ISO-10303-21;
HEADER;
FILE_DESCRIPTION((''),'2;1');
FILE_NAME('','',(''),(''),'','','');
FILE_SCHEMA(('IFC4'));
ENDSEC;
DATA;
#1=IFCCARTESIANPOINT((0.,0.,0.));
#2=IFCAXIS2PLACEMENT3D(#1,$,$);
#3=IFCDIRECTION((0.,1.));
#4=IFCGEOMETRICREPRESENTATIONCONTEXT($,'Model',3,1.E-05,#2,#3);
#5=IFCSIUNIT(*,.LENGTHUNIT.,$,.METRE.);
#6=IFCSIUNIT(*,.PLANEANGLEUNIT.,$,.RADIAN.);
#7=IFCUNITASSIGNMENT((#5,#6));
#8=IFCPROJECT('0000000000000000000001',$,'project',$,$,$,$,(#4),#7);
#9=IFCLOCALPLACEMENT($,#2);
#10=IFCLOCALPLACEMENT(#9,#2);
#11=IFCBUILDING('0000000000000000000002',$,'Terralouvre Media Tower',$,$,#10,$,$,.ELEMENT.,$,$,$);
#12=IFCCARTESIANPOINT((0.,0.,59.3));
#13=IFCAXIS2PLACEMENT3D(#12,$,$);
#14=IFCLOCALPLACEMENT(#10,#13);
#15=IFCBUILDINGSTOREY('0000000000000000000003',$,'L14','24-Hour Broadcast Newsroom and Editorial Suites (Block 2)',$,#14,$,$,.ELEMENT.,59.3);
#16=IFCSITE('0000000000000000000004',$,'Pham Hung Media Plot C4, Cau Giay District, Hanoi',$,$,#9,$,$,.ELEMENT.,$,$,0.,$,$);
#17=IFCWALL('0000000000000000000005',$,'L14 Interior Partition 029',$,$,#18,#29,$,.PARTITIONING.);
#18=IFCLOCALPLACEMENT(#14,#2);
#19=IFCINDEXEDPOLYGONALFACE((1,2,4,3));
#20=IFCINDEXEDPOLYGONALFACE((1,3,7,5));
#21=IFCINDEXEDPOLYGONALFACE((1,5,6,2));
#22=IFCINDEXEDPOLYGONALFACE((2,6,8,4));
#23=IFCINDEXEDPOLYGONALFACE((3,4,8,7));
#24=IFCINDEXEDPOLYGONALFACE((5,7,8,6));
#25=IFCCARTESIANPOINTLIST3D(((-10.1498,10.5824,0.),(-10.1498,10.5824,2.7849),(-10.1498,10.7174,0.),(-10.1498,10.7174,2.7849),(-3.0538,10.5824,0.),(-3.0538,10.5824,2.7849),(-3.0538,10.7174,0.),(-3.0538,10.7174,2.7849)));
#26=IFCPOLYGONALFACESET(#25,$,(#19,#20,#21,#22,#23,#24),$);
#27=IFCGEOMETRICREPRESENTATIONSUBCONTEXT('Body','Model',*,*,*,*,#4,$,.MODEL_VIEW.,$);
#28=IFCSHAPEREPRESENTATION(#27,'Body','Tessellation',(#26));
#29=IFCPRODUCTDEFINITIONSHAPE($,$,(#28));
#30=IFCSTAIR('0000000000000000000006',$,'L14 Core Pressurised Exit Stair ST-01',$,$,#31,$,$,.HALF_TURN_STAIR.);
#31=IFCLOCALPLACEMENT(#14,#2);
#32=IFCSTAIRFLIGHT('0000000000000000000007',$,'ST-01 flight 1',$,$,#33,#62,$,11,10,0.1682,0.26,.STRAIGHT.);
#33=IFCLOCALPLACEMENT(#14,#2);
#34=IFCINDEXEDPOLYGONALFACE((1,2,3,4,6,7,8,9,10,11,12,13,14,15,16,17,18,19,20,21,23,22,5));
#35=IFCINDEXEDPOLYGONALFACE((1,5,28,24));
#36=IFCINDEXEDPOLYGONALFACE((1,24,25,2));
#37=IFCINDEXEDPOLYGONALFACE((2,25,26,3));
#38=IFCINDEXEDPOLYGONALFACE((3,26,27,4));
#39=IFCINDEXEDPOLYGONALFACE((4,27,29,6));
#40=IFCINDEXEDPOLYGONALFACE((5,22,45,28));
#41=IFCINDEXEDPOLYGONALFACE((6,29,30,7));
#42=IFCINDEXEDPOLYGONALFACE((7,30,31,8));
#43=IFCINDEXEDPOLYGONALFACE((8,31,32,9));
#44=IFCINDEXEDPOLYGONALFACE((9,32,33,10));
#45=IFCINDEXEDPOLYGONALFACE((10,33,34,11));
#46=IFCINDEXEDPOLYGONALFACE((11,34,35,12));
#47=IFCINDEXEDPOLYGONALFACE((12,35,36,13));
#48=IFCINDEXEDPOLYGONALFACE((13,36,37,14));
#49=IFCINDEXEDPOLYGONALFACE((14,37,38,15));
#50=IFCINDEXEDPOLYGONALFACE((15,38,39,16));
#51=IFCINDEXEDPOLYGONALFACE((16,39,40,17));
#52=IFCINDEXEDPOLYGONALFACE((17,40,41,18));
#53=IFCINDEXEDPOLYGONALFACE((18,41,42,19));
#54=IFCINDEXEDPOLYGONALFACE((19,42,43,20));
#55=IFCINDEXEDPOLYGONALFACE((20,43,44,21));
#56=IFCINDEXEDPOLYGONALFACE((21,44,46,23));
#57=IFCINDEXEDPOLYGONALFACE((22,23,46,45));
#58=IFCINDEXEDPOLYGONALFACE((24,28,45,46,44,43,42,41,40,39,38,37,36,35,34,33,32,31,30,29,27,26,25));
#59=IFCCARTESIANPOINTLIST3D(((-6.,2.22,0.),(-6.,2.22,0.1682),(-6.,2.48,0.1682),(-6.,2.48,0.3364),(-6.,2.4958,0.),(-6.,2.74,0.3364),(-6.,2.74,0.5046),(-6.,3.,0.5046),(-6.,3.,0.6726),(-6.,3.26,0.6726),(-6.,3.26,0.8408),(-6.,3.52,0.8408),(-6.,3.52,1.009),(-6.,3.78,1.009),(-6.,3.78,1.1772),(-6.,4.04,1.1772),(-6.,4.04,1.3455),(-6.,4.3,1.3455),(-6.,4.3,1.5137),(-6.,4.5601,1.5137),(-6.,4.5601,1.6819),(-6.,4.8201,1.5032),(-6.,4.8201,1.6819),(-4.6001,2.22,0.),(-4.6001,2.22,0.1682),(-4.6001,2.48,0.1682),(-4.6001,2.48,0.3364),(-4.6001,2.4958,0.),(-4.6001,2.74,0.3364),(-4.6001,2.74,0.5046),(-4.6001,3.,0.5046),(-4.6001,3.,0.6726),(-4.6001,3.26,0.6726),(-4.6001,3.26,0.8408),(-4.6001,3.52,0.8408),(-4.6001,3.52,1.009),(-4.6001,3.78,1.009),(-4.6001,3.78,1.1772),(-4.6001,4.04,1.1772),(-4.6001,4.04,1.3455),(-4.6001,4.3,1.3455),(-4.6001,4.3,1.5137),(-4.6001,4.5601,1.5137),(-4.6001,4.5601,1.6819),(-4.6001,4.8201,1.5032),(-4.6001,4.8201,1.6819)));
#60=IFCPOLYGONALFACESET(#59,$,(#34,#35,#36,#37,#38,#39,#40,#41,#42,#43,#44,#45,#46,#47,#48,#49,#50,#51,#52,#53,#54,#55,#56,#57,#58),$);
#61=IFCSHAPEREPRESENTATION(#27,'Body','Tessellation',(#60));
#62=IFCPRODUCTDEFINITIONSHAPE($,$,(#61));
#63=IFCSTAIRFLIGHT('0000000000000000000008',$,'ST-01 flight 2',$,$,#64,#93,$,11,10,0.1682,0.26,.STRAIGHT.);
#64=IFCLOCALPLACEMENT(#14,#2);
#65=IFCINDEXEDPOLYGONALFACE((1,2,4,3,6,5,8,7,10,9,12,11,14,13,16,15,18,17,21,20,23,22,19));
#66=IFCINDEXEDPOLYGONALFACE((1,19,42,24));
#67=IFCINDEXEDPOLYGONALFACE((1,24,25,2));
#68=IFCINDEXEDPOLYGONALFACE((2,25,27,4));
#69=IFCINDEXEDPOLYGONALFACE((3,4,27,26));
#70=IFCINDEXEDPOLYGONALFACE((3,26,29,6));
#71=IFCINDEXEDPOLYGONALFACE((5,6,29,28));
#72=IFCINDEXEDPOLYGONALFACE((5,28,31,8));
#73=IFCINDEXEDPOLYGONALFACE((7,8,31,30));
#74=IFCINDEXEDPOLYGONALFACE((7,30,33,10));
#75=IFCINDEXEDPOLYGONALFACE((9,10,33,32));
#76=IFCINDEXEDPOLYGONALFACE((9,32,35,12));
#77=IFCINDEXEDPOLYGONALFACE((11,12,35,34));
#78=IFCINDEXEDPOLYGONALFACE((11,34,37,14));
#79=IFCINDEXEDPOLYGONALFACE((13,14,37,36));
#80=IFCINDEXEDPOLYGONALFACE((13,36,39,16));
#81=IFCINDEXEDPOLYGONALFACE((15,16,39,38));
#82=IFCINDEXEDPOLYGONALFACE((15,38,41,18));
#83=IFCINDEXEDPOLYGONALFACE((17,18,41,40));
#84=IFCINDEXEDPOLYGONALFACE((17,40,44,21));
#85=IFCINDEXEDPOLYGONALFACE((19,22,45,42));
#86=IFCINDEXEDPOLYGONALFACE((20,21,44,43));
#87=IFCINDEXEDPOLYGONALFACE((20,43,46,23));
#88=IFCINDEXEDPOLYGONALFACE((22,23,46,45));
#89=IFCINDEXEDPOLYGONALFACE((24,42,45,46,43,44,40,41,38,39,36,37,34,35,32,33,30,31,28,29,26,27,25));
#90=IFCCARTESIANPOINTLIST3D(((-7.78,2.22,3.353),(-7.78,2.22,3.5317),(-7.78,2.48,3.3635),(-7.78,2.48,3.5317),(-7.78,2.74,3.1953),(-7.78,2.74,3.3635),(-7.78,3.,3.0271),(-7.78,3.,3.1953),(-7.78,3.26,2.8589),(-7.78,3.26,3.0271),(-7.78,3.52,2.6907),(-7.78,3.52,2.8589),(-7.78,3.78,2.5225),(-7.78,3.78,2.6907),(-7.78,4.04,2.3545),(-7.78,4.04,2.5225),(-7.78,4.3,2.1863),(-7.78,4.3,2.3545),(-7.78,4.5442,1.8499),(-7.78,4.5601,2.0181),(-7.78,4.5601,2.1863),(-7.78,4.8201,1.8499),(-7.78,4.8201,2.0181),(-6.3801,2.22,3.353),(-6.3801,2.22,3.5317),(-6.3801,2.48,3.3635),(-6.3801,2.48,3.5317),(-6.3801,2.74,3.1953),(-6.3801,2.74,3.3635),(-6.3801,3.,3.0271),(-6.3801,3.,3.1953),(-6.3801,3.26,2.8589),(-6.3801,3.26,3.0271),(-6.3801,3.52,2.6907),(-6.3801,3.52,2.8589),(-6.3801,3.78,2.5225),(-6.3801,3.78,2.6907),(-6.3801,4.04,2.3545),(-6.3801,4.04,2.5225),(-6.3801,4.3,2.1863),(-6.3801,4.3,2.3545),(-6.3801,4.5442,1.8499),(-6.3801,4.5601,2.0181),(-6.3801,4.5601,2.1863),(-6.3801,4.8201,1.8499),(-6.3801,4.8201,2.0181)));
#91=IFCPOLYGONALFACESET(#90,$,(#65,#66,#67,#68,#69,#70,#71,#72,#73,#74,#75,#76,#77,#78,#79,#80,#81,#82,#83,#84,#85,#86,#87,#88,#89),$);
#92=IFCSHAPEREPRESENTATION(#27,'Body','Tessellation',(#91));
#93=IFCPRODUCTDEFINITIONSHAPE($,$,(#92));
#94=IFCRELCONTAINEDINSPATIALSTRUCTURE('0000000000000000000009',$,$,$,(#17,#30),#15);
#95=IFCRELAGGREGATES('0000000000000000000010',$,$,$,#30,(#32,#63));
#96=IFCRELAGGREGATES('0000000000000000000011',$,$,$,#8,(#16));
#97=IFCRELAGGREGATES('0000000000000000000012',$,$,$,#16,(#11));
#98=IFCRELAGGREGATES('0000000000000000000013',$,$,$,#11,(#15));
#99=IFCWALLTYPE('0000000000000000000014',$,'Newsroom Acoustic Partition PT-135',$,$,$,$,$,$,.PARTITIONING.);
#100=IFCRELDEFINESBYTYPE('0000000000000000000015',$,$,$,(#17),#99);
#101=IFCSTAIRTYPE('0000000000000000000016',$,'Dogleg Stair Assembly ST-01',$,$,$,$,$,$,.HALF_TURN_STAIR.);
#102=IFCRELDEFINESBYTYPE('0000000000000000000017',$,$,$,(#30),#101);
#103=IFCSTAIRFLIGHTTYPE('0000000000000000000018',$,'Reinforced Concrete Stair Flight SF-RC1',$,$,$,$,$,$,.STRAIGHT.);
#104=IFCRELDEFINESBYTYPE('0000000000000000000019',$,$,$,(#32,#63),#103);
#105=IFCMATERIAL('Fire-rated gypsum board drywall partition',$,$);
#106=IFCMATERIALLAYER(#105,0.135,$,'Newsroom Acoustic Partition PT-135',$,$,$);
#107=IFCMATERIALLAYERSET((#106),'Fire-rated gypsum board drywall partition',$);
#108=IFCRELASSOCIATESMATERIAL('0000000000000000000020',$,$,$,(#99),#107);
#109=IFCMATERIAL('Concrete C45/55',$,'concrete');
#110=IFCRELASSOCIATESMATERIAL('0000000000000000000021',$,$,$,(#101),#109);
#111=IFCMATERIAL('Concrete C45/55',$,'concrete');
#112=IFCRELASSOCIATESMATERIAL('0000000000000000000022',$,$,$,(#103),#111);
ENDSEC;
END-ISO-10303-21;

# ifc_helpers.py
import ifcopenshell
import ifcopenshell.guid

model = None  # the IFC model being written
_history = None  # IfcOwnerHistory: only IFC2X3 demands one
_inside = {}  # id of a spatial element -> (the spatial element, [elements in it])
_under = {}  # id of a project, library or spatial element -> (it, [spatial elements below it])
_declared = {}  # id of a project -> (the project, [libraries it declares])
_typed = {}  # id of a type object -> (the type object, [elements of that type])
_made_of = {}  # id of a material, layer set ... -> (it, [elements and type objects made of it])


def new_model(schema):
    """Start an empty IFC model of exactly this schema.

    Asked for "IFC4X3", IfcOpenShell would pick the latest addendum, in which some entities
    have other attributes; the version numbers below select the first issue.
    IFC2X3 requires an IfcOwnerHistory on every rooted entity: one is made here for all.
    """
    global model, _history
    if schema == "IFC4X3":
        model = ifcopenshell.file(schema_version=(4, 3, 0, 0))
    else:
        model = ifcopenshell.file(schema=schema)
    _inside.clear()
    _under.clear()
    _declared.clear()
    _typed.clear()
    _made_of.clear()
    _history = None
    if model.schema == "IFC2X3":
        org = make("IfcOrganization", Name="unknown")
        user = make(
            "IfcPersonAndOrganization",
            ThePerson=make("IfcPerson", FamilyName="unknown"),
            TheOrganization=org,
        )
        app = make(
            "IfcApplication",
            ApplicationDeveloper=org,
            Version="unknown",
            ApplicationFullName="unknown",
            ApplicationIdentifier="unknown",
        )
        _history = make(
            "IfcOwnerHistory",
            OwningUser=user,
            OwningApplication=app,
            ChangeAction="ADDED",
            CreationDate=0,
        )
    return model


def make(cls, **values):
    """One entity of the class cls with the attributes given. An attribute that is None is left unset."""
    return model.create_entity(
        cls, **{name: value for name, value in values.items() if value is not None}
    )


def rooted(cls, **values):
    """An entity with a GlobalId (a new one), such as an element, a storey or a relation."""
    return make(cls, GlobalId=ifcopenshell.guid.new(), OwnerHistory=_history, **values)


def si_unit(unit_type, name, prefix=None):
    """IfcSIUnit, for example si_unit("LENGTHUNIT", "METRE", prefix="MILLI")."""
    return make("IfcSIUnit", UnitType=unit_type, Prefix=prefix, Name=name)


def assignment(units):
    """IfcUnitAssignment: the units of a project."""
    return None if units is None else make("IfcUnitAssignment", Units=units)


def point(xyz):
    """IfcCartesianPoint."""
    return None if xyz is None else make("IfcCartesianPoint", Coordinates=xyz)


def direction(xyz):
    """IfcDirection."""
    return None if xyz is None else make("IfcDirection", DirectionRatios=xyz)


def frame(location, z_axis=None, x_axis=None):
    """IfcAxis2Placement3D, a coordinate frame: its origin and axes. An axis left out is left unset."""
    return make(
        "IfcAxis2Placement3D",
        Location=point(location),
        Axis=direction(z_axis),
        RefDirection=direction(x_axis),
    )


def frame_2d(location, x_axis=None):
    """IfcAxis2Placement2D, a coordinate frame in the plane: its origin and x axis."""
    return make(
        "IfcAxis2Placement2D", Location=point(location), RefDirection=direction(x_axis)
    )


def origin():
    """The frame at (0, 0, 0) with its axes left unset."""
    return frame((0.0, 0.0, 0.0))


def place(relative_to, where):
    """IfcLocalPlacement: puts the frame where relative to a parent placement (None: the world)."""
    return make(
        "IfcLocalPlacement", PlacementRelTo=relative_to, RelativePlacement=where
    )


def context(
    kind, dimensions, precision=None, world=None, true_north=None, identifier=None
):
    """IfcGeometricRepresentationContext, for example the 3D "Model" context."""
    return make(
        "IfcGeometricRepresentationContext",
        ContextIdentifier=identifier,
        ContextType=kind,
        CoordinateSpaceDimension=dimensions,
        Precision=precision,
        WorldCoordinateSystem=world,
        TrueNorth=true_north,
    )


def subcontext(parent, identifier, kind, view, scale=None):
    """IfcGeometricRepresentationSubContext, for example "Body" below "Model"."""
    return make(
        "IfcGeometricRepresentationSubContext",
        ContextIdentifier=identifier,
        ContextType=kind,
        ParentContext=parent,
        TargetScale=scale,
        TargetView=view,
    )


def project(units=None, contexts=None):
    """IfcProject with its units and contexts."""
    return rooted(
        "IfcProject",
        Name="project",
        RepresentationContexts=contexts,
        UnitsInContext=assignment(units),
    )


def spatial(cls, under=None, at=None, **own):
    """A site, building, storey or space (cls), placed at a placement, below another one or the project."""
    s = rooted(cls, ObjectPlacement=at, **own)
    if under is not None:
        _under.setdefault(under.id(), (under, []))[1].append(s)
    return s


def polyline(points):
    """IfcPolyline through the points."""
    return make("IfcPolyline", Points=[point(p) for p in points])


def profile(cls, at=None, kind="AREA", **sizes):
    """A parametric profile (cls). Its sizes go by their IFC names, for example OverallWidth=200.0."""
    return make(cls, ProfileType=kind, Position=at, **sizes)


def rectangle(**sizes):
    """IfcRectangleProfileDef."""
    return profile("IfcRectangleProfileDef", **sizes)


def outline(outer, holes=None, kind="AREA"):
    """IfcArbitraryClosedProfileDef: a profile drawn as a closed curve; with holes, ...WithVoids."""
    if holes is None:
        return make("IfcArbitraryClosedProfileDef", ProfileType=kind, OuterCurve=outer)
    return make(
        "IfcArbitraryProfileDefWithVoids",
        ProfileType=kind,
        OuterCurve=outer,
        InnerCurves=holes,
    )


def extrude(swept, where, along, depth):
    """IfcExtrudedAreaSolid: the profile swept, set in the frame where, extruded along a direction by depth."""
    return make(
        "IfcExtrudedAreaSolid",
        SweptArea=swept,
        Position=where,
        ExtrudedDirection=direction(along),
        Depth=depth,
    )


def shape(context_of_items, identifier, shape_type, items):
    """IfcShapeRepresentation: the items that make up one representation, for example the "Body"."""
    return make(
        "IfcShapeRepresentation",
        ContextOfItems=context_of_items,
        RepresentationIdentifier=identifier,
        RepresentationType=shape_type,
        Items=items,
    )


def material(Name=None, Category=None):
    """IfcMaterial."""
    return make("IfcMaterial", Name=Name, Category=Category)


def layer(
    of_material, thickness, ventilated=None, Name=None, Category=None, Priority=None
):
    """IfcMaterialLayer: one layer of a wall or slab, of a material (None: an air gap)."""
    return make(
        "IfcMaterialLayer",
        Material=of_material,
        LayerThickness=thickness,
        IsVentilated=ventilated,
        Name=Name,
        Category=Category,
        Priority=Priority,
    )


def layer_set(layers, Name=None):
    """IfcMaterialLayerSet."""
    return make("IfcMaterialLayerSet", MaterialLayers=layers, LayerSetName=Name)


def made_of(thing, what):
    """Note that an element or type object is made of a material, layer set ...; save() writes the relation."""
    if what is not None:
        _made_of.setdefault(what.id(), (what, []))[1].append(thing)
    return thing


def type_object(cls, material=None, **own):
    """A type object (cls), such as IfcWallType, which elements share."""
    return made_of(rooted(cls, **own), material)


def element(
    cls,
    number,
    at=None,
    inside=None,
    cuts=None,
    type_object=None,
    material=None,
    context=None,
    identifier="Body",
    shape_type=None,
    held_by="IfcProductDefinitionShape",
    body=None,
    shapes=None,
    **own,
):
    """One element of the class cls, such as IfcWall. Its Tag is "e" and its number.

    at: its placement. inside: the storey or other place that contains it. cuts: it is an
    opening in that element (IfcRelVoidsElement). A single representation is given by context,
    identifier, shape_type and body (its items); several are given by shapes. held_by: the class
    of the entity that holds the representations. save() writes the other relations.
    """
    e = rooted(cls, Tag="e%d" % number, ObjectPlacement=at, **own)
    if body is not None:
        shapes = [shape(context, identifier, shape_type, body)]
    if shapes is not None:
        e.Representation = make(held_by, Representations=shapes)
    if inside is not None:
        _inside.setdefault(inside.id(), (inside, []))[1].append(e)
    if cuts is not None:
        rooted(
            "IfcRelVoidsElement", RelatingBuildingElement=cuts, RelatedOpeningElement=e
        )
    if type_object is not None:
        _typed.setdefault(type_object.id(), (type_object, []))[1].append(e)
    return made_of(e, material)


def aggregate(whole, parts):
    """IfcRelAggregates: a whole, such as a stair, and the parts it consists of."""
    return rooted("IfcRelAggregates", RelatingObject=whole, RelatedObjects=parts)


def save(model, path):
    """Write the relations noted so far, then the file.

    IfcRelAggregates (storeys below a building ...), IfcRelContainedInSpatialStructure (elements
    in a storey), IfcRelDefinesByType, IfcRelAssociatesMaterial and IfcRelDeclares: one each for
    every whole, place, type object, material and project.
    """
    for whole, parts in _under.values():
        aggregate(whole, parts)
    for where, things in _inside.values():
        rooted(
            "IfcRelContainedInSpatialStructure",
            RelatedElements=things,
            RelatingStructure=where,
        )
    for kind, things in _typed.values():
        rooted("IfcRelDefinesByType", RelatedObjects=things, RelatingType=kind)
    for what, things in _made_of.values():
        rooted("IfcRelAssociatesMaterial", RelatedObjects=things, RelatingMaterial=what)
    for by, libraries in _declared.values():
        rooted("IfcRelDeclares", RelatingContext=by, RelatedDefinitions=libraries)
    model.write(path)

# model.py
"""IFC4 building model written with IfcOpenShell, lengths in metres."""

from ifc_helpers import new_model, si_unit, direction, frame, frame_2d, origin, place, context, subcontext, project, spatial, polyline, rectangle, outline, extrude, material, layer, layer_set, type_object, element, aggregate, save


model = new_model("IFC4")

# Units and contexts
model_context = context("Model", 3, precision=1e-05, world=origin(), true_north=direction((0.0, 1.0)))
body_context = subcontext(model_context, "Body", "Model", "MODEL_VIEW")
ifc_project = project(units=[si_unit("LENGTHUNIT", "METRE"), si_unit("PLANEANGLEUNIT", "RADIAN")], contexts=[model_context])

# Site, building, storey
site_placement = place(None, origin())
site = spatial("IfcSite", under=ifc_project, at=site_placement, Name="Pham Hung Media Plot C4, Cau Giay District, Hanoi", CompositionType="ELEMENT", RefElevation=0.0)
building_placement = place(site_placement, origin())
building = spatial("IfcBuilding", under=site, at=building_placement, Name="Terralouvre Media Tower", CompositionType="ELEMENT")
storey_placement = place(building_placement, frame((0.0, 0.0, 59.3)))
storey = spatial("IfcBuildingStorey", under=building, at=storey_placement, Name="L14", Description="24-Hour Broadcast Newsroom and Editorial Suites (Block 2)", CompositionType="ELEMENT", Elevation=59.3)

# Wall
ifc_material_1 = material(Name="Fire-rated gypsum board drywall partition")
ifc_layer_1 = layer(ifc_material_1, 0.135, Name="Newsroom Acoustic Partition PT-135")
ifc_layer_set_1 = layer_set([ifc_layer_1], Name="Fire-rated gypsum board drywall partition")
wall_type_1 = type_object("IfcWallType", Name="Newsroom Acoustic Partition PT-135", PredefinedType="PARTITIONING", material=ifc_layer_set_1)
wall_1_placement = place(storey_placement, frame((-3.054, 10.6499, 0.0), z_axis=(0.0, 0.0, 1.0), x_axis=(-1.0, 0.0, 0.0)))
element("IfcWall", 1, at=wall_1_placement, inside=storey, type_object=wall_type_1, Name="L14 Interior Partition 029", PredefinedType="PARTITIONING", context=body_context, shape_type="SweptSolid", body=[
    extrude(rectangle(XDim=7.0959, YDim=0.135, at=frame_2d((3.5479, 0.0))), origin(), (0.0, 0.0, 1.0), 2.7849),
])

# Stair, stair flights
ifc_material_2 = material(Name="Concrete C45/55", Category="concrete")
stair_type = type_object("IfcStairType", Name="Dogleg Stair Assembly ST-01", PredefinedType="HALF_TURN_STAIR", material=ifc_material_2)
stair_placement = place(storey_placement, origin())
stair = element("IfcStair", 2, at=stair_placement, inside=storey, type_object=stair_type, Name="L14 Core Pressurised Exit Stair ST-01", PredefinedType="HALF_TURN_STAIR")
ifc_material_3 = material(Name="Concrete C45/55", Category="concrete")
stair_flight_type = type_object("IfcStairFlightType", Name="Reinforced Concrete Stair Flight SF-RC1", PredefinedType="STRAIGHT", material=ifc_material_3)
stair_flight_1_placement = place(storey_placement, frame((-5.3, 2.22, 0.0), z_axis=(0.0, 0.0, 1.0), x_axis=(0.0, 1.0, 0.0)))
stair_flight_1 = element("IfcStairFlight", 3, at=stair_flight_1_placement, type_object=stair_flight_type, Name="ST-01 flight 1", NumberOfRisers=11, NumberOfTreads=10, PredefinedType="STRAIGHT", RiserHeight=0.1682, TreadLength=0.26, context=body_context, shape_type="SweptSolid", body=[
    extrude(outline(polyline([(0.0, 0.0), (0.0, 0.1682), (0.26, 0.1682), (0.26, 0.3364), (0.52, 0.3364), (0.52, 0.5046), (0.78, 0.5046), (0.78, 0.6726), (1.04, 0.6726), (1.04, 0.8408), (1.3, 0.8408), (1.3, 1.009), (1.5601, 1.009), (1.5601, 1.1772), (1.8201, 1.1772), (1.8201, 1.3455), (2.0801, 1.3455), (2.0801, 1.5137), (2.3401, 1.5137), (2.3401, 1.6819), (2.6001, 1.6819), (2.6001, 1.8501), (2.6001, 1.5032), (0.2759, 0.0), (0.0, 0.0)])), frame((0.0, 0.7, 0.0), z_axis=(0.0, -1.0, 0.0), x_axis=(1.0, 0.0, 0.0)), (0.0, 0.0, 1.0), 1.3999),
])
stair_flight_2_placement = place(storey_placement, frame((-7.0801, 4.8201, 1.8499), z_axis=(0.0, 0.0, 1.0), x_axis=(0.0, -1.0, 0.0)))
stair_flight_2 = element("IfcStairFlight", 4, at=stair_flight_2_placement, type_object=stair_flight_type, Name="ST-01 flight 2", NumberOfRisers=11, NumberOfTreads=10, PredefinedType="STRAIGHT", RiserHeight=0.1682, TreadLength=0.26, context=body_context, shape_type="SweptSolid", body=[
    extrude(outline(polyline([(0.0, 0.0), (0.0, 0.1682), (0.26, 0.1682), (0.26, 0.3364), (0.52, 0.3364), (0.52, 0.5046), (0.78, 0.5046), (0.78, 0.6726), (1.04, 0.6726), (1.04, 0.8408), (1.3, 0.8408), (1.3, 1.009), (1.5601, 1.009), (1.5601, 1.1772), (1.8201, 1.1772), (1.8201, 1.3455), (2.0801, 1.3455), (2.0801, 1.5137), (2.3401, 1.5137), (2.3401, 1.6819), (2.6001, 1.6819), (2.6001, 1.8501), (2.6001, 1.5032), (0.2759, 0.0), (0.0, 0.0)])), frame((0.0, 0.7, 0.0), z_axis=(0.0, -1.0, 0.0), x_axis=(1.0, 0.0, 0.0)), (0.0, 0.0, 1.0), 1.3999),
])
aggregate(stair, [stair_flight_1, stair_flight_2])

save(model, "model.ifc")
